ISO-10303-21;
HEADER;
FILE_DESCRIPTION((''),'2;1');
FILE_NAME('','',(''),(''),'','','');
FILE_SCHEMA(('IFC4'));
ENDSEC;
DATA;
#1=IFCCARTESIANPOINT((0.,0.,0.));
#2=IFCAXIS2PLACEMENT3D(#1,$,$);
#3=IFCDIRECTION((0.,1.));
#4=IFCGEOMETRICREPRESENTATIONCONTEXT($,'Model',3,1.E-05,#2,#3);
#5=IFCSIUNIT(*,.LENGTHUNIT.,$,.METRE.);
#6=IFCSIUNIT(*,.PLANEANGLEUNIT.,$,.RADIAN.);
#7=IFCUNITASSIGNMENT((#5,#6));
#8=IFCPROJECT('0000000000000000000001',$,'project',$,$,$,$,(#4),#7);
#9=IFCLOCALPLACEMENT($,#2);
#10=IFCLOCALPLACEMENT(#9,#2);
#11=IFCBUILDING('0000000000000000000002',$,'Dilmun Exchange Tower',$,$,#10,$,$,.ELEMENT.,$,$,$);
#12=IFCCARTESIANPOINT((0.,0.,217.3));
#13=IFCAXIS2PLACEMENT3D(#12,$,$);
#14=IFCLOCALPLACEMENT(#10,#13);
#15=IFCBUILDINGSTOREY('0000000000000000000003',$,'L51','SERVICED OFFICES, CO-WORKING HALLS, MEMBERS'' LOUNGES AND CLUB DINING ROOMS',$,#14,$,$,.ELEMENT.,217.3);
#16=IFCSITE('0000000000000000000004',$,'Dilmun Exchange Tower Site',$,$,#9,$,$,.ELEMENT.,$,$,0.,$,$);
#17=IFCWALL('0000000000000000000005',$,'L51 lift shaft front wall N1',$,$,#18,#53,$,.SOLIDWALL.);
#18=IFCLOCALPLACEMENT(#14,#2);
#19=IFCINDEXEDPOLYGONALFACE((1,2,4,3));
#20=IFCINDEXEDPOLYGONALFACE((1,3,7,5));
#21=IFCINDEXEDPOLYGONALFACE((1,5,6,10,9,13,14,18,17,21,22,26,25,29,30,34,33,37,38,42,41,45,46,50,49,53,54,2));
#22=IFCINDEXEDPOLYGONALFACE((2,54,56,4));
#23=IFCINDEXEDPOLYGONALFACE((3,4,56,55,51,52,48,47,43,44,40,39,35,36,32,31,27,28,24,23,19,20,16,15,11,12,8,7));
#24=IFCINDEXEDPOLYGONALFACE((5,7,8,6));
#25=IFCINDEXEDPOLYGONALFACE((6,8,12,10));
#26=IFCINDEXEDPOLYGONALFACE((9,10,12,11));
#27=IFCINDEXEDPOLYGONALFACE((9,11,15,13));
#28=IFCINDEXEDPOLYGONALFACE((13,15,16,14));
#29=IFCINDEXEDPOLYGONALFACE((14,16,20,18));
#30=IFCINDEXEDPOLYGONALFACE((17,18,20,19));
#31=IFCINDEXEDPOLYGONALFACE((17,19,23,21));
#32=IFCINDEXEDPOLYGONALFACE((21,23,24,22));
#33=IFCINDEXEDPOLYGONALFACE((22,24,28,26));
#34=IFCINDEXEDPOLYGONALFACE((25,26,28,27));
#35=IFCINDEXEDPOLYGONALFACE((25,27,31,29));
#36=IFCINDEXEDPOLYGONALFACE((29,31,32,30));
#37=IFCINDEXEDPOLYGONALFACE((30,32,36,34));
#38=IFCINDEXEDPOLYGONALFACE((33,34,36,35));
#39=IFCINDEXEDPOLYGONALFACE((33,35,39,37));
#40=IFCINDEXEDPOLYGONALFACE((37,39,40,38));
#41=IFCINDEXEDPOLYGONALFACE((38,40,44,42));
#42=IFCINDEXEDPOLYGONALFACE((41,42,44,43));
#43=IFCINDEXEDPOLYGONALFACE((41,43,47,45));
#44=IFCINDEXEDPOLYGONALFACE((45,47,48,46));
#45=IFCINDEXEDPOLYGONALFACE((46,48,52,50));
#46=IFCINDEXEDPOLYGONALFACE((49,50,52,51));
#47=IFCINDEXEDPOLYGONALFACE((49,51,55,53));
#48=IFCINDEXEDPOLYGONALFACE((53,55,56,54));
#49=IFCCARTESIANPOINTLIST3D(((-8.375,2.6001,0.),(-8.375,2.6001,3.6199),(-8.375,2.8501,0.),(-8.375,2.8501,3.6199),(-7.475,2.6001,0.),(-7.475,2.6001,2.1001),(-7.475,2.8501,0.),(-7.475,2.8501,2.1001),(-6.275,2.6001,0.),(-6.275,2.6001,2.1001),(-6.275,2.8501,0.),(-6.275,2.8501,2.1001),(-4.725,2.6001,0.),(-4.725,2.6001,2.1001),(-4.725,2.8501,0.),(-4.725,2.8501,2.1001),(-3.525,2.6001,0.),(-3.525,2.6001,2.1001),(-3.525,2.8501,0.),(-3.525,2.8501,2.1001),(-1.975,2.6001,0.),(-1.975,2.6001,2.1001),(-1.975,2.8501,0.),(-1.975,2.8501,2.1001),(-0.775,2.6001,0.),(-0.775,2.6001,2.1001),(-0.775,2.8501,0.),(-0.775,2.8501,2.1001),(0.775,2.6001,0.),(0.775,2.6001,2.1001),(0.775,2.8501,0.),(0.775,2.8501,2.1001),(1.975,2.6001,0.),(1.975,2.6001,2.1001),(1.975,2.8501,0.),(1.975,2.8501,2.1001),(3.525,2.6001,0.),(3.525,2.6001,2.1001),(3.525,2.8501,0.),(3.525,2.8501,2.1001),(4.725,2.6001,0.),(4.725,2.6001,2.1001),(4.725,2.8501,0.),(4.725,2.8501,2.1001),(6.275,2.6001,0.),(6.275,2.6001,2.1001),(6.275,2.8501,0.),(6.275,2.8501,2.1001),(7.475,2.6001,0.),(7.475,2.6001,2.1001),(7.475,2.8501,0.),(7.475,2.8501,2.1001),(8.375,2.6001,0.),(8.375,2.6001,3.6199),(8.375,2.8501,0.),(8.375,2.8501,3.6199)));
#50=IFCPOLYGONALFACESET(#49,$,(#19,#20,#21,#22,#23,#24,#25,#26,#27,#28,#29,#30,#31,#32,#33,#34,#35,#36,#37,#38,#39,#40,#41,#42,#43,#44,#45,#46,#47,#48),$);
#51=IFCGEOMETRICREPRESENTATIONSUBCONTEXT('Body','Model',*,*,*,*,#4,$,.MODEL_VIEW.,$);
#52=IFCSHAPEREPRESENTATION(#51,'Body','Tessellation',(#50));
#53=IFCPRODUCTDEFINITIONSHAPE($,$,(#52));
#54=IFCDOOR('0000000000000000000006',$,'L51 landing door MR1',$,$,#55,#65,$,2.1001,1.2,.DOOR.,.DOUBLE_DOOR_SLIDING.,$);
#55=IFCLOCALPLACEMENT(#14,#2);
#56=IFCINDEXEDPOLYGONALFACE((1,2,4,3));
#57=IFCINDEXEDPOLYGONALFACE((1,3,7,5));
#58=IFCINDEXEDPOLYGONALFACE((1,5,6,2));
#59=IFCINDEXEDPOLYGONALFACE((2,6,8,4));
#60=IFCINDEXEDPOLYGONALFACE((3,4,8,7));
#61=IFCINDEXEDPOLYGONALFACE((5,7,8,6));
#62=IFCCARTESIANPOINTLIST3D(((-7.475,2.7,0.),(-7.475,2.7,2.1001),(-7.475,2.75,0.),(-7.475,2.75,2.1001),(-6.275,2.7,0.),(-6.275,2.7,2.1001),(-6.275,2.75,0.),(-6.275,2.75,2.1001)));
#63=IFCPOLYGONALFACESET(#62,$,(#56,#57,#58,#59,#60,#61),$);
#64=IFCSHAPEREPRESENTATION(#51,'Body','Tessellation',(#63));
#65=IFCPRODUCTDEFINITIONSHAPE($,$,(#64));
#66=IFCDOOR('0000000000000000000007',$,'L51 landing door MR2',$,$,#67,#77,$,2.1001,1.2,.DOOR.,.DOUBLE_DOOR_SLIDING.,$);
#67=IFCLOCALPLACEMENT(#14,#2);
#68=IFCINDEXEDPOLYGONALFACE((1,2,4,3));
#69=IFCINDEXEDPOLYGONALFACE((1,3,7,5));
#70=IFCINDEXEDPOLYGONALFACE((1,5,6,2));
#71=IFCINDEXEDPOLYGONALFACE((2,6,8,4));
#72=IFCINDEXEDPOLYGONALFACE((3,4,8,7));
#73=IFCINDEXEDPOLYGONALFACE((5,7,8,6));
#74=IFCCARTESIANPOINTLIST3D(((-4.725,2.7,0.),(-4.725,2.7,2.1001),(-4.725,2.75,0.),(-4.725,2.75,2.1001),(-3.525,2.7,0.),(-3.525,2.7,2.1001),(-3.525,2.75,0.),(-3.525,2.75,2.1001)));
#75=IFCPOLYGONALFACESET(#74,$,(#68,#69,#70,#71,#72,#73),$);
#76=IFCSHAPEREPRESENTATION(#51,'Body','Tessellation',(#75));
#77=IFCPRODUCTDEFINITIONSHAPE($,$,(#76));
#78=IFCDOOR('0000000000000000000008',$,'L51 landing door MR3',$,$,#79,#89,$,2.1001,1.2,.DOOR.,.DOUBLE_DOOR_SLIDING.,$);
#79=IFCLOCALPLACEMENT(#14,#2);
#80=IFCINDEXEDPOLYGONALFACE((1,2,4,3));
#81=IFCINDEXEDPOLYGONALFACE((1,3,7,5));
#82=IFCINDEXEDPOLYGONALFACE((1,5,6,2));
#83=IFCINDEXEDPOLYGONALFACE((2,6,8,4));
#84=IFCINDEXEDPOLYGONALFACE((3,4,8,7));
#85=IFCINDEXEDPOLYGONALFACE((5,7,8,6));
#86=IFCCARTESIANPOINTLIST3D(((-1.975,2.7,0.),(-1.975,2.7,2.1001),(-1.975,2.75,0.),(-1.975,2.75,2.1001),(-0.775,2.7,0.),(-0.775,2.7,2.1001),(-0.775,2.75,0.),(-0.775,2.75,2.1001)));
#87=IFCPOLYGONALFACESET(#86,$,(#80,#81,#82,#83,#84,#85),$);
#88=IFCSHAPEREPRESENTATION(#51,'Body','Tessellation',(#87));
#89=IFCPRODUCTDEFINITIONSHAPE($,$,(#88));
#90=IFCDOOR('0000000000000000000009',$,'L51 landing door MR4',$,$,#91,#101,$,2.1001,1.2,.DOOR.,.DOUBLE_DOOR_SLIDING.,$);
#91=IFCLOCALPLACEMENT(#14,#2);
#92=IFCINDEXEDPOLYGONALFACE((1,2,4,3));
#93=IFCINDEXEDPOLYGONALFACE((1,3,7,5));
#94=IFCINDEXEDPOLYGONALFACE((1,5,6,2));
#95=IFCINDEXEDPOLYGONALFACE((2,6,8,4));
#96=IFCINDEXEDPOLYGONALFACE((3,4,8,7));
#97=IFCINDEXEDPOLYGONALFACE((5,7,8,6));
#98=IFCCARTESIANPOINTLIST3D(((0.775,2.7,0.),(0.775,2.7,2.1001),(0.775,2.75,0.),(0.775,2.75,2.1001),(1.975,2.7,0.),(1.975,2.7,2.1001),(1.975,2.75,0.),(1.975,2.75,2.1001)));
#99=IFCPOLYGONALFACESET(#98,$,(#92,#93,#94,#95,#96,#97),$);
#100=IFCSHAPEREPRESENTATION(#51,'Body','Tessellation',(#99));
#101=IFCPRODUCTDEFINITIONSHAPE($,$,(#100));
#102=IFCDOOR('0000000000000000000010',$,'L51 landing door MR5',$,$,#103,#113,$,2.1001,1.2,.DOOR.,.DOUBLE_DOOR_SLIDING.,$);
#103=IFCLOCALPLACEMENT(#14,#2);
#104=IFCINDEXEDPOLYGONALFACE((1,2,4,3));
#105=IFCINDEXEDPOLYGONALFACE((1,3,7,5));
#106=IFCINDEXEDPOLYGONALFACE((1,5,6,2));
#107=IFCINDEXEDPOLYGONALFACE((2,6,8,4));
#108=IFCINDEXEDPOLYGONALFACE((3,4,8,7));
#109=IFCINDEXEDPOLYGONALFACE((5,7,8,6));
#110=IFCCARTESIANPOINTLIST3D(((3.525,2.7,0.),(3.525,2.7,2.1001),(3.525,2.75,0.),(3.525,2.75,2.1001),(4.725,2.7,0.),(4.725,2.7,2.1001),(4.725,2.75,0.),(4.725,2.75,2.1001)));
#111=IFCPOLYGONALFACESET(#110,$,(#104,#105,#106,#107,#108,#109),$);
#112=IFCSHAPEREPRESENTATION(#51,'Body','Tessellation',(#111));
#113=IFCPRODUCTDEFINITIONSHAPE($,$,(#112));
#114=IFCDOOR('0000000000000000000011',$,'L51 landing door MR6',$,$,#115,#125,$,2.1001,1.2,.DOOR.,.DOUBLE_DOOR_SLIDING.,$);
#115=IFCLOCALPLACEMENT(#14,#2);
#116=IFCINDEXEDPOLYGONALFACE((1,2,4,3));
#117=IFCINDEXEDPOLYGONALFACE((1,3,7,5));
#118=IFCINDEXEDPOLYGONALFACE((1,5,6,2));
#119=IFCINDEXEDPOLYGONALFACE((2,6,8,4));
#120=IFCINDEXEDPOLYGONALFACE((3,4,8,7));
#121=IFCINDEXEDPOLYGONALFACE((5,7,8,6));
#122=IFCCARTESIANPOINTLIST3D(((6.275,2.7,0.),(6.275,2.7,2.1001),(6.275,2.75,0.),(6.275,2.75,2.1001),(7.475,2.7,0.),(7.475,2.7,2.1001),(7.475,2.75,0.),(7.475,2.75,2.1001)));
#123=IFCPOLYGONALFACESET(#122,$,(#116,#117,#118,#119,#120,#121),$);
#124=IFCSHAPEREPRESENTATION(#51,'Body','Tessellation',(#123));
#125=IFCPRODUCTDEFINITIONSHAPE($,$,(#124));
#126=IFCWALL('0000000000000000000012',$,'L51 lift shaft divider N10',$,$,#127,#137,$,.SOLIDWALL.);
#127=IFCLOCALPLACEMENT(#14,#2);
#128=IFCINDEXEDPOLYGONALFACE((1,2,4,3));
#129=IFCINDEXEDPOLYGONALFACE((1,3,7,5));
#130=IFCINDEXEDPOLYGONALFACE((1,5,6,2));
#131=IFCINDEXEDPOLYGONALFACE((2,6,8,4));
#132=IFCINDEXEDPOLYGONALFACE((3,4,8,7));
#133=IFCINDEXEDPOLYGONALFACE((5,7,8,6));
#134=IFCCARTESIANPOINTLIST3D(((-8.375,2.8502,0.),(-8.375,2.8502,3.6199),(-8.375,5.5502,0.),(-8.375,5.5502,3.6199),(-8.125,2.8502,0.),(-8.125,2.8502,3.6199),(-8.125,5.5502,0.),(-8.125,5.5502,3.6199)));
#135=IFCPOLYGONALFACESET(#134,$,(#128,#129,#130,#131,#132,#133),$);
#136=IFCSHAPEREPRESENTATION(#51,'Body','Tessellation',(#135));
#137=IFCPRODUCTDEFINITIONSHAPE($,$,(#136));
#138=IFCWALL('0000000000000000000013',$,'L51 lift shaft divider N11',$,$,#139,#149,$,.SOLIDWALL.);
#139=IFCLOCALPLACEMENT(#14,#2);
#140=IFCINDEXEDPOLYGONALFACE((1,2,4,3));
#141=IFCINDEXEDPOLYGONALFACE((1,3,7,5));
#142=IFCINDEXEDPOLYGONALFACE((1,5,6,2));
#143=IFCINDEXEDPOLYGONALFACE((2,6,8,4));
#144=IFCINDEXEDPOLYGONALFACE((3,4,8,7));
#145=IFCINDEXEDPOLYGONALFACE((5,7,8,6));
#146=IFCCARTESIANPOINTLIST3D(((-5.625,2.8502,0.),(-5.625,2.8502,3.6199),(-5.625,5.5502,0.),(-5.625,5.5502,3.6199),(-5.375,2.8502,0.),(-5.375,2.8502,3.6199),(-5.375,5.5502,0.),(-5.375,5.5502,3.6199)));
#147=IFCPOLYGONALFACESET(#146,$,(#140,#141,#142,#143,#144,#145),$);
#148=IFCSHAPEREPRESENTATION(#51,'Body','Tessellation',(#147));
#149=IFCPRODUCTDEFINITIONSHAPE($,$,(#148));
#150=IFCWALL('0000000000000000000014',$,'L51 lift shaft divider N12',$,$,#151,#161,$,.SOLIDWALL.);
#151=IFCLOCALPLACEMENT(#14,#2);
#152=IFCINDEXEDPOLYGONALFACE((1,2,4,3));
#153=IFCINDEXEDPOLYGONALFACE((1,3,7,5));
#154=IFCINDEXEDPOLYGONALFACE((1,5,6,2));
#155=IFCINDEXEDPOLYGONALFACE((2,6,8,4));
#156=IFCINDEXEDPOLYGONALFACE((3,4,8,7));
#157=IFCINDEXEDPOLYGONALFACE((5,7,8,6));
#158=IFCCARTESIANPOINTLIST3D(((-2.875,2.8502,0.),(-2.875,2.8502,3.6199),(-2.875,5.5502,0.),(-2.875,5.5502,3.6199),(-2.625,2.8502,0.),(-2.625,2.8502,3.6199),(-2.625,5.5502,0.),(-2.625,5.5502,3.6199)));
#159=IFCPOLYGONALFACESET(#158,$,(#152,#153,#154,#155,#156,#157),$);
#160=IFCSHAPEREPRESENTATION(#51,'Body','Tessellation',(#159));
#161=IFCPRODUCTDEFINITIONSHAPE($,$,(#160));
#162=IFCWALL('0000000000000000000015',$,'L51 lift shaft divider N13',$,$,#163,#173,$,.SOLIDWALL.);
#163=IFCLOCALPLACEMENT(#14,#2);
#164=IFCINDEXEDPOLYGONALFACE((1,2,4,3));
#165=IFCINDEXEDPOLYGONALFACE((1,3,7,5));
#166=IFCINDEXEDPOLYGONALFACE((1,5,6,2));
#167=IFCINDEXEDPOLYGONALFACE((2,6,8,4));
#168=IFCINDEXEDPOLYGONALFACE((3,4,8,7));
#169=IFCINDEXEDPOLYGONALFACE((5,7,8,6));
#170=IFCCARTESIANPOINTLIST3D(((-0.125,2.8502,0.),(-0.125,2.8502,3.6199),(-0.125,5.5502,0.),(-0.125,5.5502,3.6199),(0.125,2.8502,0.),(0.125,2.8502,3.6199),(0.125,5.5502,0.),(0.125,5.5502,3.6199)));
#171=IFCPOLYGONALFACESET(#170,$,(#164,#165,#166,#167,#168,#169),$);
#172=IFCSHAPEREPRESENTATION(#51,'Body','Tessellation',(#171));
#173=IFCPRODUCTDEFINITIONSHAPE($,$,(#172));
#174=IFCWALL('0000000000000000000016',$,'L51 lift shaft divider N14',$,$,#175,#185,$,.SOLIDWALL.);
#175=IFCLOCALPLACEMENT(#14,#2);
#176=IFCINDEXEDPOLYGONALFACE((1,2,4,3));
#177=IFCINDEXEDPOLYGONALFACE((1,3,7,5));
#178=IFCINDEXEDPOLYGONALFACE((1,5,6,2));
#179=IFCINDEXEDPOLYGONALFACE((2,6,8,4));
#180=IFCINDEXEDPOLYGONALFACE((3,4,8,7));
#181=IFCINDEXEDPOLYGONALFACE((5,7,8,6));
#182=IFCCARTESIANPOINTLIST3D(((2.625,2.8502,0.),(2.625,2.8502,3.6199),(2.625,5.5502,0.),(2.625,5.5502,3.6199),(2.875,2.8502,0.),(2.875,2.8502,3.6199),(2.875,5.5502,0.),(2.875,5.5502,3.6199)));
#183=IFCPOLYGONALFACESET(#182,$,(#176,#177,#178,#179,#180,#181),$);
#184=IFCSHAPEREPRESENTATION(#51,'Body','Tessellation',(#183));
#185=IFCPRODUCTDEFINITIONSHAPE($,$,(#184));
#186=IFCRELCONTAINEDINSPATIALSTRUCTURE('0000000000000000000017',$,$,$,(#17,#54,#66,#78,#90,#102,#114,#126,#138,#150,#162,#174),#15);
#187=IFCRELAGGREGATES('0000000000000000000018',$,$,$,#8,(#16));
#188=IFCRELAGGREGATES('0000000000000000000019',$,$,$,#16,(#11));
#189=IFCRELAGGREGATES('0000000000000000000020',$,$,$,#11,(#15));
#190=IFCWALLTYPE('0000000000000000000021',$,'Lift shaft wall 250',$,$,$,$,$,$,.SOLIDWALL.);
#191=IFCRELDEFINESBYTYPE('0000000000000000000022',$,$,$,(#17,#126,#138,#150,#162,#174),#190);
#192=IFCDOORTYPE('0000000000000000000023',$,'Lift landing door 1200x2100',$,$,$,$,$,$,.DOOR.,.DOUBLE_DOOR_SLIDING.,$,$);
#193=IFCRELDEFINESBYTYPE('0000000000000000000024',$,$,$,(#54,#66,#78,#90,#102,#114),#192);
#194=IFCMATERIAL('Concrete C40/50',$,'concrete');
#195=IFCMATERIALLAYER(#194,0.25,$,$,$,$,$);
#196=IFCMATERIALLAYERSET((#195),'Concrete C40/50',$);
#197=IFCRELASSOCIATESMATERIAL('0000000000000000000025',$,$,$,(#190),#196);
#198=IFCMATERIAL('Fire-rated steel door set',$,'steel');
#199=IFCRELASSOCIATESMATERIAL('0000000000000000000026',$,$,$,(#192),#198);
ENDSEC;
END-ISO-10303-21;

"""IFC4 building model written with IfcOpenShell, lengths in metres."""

from ifc_helpers import new_model, si_unit, direction, frame, frame_2d, origin, place, context, subcontext, project, spatial, rectangle, extrude, material, layer, layer_set, type_object, element, fill, save


model = new_model("IFC4")

# Units and contexts
model_context = context("Model", 3, precision=1e-05, world=origin(), true_north=direction((0.0, 1.0)))
body_context = subcontext(model_context, "Body", "Model", "MODEL_VIEW")
ifc_project = project(units=[si_unit("LENGTHUNIT", "METRE"), si_unit("PLANEANGLEUNIT", "RADIAN")], contexts=[model_context])

# Site, building, storey
site_placement = place(None, origin())
site = spatial("IfcSite", under=ifc_project, at=site_placement, Name="Dilmun Exchange Tower Site", CompositionType="ELEMENT", RefElevation=0.0)
building_placement = place(site_placement, origin())
building = spatial("IfcBuilding", under=site, at=building_placement, Name="Dilmun Exchange Tower", CompositionType="ELEMENT")
storey_placement = place(building_placement, frame((0.0, 0.0, 217.3)))
storey = spatial("IfcBuildingStorey", under=building, at=storey_placement, Name="L51", Description="SERVICED OFFICES, CO-WORKING HALLS, MEMBERS' LOUNGES AND CLUB DINING ROOMS", CompositionType="ELEMENT", Elevation=217.3)

# Shared definitions
ifc_material_1 = material(Name="Concrete C40/50", Category="concrete")

# Shared definitions
ifc_material_2 = material(Name="Fire-rated steel door set", Category="steel")

# Wall, openings, doors
ifc_layer_1 = layer(ifc_material_1, 0.25)
ifc_layer_set_1 = layer_set([ifc_layer_1], Name="Concrete C40/50")
wall_type_1 = type_object("IfcWallType", Name="Lift shaft wall 250", PredefinedType="SOLIDWALL", material=ifc_layer_set_1)
wall_1_placement = place(storey_placement, frame((-8.375, 2.7251, 0.0), z_axis=(0.0, 0.0, 1.0), x_axis=(1.0, 0.0, 0.0)))
wall_1 = element("IfcWall", 1, at=wall_1_placement, inside=storey, type_object=wall_type_1, Name="L51 lift shaft front wall N1", PredefinedType="SOLIDWALL", context=body_context, shape_type="SweptSolid", body=[
    extrude(rectangle(XDim=16.75, YDim=0.25, at=frame_2d((8.375, 0.0))), origin(), (0.0, 0.0, 1.0), 3.6199),
])
opening_1_placement = place(wall_1_placement, frame((0.8999, 0.0, 0.0)))
opening_1 = element("IfcOpeningElement", 2, at=opening_1_placement, cuts=wall_1, PredefinedType="OPENING", context=body_context, shape_type="SweptSolid", body=[
    extrude(rectangle(XDim=1.2, YDim=2.1001, at=frame_2d((0.6001, 1.05))), frame((0.0, 0.135, 0.0), z_axis=(0.0, -1.0, 0.0), x_axis=(1.0, 0.0, 0.0)), (0.0, 0.0, 1.0), 0.27),
])
opening_2_placement = place(wall_1_placement, frame((3.6499, 0.0, 0.0)))
opening_2 = element("IfcOpeningElement", 3, at=opening_2_placement, cuts=wall_1, PredefinedType="OPENING", context=body_context, shape_type="SweptSolid", body=[
    extrude(rectangle(XDim=1.2, YDim=2.1001, at=frame_2d((0.6001, 1.05))), frame((0.0, 0.135, 0.0), z_axis=(0.0, -1.0, 0.0), x_axis=(1.0, 0.0, 0.0)), (0.0, 0.0, 1.0), 0.27),
])
opening_3_placement = place(wall_1_placement, frame((6.3999, 0.0, 0.0)))
opening_3 = element("IfcOpeningElement", 4, at=opening_3_placement, cuts=wall_1, PredefinedType="OPENING", context=body_context, shape_type="SweptSolid", body=[
    extrude(rectangle(XDim=1.2, YDim=2.1001, at=frame_2d((0.6001, 1.05))), frame((0.0, 0.135, 0.0), z_axis=(0.0, -1.0, 0.0), x_axis=(1.0, 0.0, 0.0)), (0.0, 0.0, 1.0), 0.27),
])
opening_4_placement = place(wall_1_placement, frame((9.1499, 0.0, 0.0)))
opening_4 = element("IfcOpeningElement", 5, at=opening_4_placement, cuts=wall_1, PredefinedType="OPENING", context=body_context, shape_type="SweptSolid", body=[
    extrude(rectangle(XDim=1.2, YDim=2.1001, at=frame_2d((0.6001, 1.05))), frame((0.0, 0.135, 0.0), z_axis=(0.0, -1.0, 0.0), x_axis=(1.0, 0.0, 0.0)), (0.0, 0.0, 1.0), 0.27),
])
opening_5_placement = place(wall_1_placement, frame((11.8999, 0.0, 0.0)))
opening_5 = element("IfcOpeningElement", 6, at=opening_5_placement, cuts=wall_1, PredefinedType="OPENING", context=body_context, shape_type="SweptSolid", body=[
    extrude(rectangle(XDim=1.2, YDim=2.1001, at=frame_2d((0.6001, 1.05))), frame((0.0, 0.135, 0.0), z_axis=(0.0, -1.0, 0.0), x_axis=(1.0, 0.0, 0.0)), (0.0, 0.0, 1.0), 0.27),
])
opening_6_placement = place(wall_1_placement, frame((14.6499, 0.0, 0.0)))
opening_6 = element("IfcOpeningElement", 7, at=opening_6_placement, cuts=wall_1, PredefinedType="OPENING", context=body_context, shape_type="SweptSolid", body=[
    extrude(rectangle(XDim=1.2, YDim=2.1001, at=frame_2d((0.6001, 1.05))), frame((0.0, 0.135, 0.0), z_axis=(0.0, -1.0, 0.0), x_axis=(1.0, 0.0, 0.0)), (0.0, 0.0, 1.0), 0.27),
])
door_type_1 = type_object("IfcDoorType", Name="Lift landing door 1200x2100", OperationType="DOUBLE_DOOR_SLIDING", PredefinedType="DOOR", material=ifc_material_2)
door_1_placement = place(opening_1_placement, origin())
door_1 = element("IfcDoor", 8, at=door_1_placement, inside=storey, type_object=door_type_1, Name="L51 landing door MR1", OperationType="DOUBLE_DOOR_SLIDING", OverallHeight=2.1001, OverallWidth=1.2, PredefinedType="DOOR", context=body_context, shape_type="SweptSolid", body=[
    extrude(rectangle(XDim=1.2, YDim=2.1001, at=frame_2d((0.6001, 1.05))), frame((0.0, 0.0249, 0.0), z_axis=(0.0, -1.0, 0.0), x_axis=(1.0, 0.0, 0.0)), (0.0, 0.0, 1.0), 0.05),
])
fill(opening_1, door_1)
door_2_placement = place(opening_2_placement, origin())
door_2 = element("IfcDoor", 9, at=door_2_placement, inside=storey, type_object=door_type_1, Name="L51 landing door MR2", OperationType="DOUBLE_DOOR_SLIDING", OverallHeight=2.1001, OverallWidth=1.2, PredefinedType="DOOR", context=body_context, shape_type="SweptSolid", body=[
    extrude(rectangle(XDim=1.2, YDim=2.1001, at=frame_2d((0.6001, 1.05))), frame((0.0, 0.0249, 0.0), z_axis=(0.0, -1.0, 0.0), x_axis=(1.0, 0.0, 0.0)), (0.0, 0.0, 1.0), 0.05),
])
fill(opening_2, door_2)
door_3_placement = place(opening_3_placement, origin())
door_3 = element("IfcDoor", 10, at=door_3_placement, inside=storey, type_object=door_type_1, Name="L51 landing door MR3", OperationType="DOUBLE_DOOR_SLIDING", OverallHeight=2.1001, OverallWidth=1.2, PredefinedType="DOOR", context=body_context, shape_type="SweptSolid", body=[
    extrude(rectangle(XDim=1.2, YDim=2.1001, at=frame_2d((0.6001, 1.05))), frame((0.0, 0.0249, 0.0), z_axis=(0.0, -1.0, 0.0), x_axis=(1.0, 0.0, 0.0)), (0.0, 0.0, 1.0), 0.05),
])
fill(opening_3, door_3)
door_4_placement = place(opening_4_placement, origin())
door_4 = element("IfcDoor", 11, at=door_4_placement, inside=storey, type_object=door_type_1, Name="L51 landing door MR4", OperationType="DOUBLE_DOOR_SLIDING", OverallHeight=2.1001, OverallWidth=1.2, PredefinedType="DOOR", context=body_context, shape_type="SweptSolid", body=[
    extrude(rectangle(XDim=1.2, YDim=2.1001, at=frame_2d((0.6001, 1.05))), frame((0.0, 0.0249, 0.0), z_axis=(0.0, -1.0, 0.0), x_axis=(1.0, 0.0, 0.0)), (0.0, 0.0, 1.0), 0.05),
])
fill(opening_4, door_4)
door_5_placement = place(opening_5_placement, origin())
door_5 = element("IfcDoor", 12, at=door_5_placement, inside=storey, type_object=door_type_1, Name="L51 landing door MR5", OperationType="DOUBLE_DOOR_SLIDING", OverallHeight=2.1001, OverallWidth=1.2, PredefinedType="DOOR", context=body_context, shape_type="SweptSolid", body=[
    extrude(rectangle(XDim=1.2, YDim=2.1001, at=frame_2d((0.6001, 1.05))), frame((0.0, 0.0249, 0.0), z_axis=(0.0, -1.0, 0.0), x_axis=(1.0, 0.0, 0.0)), (0.0, 0.0, 1.0), 0.05),
])
fill(opening_5, door_5)
door_6_placement = place(opening_6_placement, origin())
door_6 = element("IfcDoor", 13, at=door_6_placement, inside=storey, type_object=door_type_1, Name="L51 landing door MR6", OperationType="DOUBLE_DOOR_SLIDING", OverallHeight=2.1001, OverallWidth=1.2, PredefinedType="DOOR", context=body_context, shape_type="SweptSolid", body=[
    extrude(rectangle(XDim=1.2, YDim=2.1001, at=frame_2d((0.6001, 1.05))), frame((0.0, 0.0249, 0.0), z_axis=(0.0, -1.0, 0.0), x_axis=(1.0, 0.0, 0.0)), (0.0, 0.0, 1.0), 0.05),
])
fill(opening_6, door_6)

# Walls
for number, where, z_axis, x_axis, name in (
    (14, (-8.25, 2.8501, 0.0), (0.0, 0.0, 1.0), (0.0, 1.0, 0.0), "L51 lift shaft divider N10"),
    (15, (-5.5, 2.8501, 0.0), (0.0, 0.0, 1.0), (0.0, 1.0, 0.0), "L51 lift shaft divider N11"),
    (16, (-2.75, 2.8501, 0.0), (0.0, 0.0, 1.0), (0.0, 1.0, 0.0), "L51 lift shaft divider N12"),
    (17, (0.0, 2.8501, 0.0), (0.0, 0.0, 1.0), (0.0, 1.0, 0.0), "L51 lift shaft divider N13"),
    (18, (2.75, 2.8501, 0.0), (0.0, 0.0, 1.0), (0.0, 1.0, 0.0), "L51 lift shaft divider N14"),
):
    element("IfcWall", number, at=place(storey_placement, frame(where, z_axis=z_axis, x_axis=x_axis)), inside=storey, type_object=wall_type_1, Name=name, PredefinedType="SOLIDWALL", context=body_context, shape_type="SweptSolid", body=[
        extrude(rectangle(XDim=2.7, YDim=0.25, at=frame_2d((1.3501, 0.0))), origin(), (0.0, 0.0, 1.0), 3.6199),
    ])

save(model, "model.ifc")
